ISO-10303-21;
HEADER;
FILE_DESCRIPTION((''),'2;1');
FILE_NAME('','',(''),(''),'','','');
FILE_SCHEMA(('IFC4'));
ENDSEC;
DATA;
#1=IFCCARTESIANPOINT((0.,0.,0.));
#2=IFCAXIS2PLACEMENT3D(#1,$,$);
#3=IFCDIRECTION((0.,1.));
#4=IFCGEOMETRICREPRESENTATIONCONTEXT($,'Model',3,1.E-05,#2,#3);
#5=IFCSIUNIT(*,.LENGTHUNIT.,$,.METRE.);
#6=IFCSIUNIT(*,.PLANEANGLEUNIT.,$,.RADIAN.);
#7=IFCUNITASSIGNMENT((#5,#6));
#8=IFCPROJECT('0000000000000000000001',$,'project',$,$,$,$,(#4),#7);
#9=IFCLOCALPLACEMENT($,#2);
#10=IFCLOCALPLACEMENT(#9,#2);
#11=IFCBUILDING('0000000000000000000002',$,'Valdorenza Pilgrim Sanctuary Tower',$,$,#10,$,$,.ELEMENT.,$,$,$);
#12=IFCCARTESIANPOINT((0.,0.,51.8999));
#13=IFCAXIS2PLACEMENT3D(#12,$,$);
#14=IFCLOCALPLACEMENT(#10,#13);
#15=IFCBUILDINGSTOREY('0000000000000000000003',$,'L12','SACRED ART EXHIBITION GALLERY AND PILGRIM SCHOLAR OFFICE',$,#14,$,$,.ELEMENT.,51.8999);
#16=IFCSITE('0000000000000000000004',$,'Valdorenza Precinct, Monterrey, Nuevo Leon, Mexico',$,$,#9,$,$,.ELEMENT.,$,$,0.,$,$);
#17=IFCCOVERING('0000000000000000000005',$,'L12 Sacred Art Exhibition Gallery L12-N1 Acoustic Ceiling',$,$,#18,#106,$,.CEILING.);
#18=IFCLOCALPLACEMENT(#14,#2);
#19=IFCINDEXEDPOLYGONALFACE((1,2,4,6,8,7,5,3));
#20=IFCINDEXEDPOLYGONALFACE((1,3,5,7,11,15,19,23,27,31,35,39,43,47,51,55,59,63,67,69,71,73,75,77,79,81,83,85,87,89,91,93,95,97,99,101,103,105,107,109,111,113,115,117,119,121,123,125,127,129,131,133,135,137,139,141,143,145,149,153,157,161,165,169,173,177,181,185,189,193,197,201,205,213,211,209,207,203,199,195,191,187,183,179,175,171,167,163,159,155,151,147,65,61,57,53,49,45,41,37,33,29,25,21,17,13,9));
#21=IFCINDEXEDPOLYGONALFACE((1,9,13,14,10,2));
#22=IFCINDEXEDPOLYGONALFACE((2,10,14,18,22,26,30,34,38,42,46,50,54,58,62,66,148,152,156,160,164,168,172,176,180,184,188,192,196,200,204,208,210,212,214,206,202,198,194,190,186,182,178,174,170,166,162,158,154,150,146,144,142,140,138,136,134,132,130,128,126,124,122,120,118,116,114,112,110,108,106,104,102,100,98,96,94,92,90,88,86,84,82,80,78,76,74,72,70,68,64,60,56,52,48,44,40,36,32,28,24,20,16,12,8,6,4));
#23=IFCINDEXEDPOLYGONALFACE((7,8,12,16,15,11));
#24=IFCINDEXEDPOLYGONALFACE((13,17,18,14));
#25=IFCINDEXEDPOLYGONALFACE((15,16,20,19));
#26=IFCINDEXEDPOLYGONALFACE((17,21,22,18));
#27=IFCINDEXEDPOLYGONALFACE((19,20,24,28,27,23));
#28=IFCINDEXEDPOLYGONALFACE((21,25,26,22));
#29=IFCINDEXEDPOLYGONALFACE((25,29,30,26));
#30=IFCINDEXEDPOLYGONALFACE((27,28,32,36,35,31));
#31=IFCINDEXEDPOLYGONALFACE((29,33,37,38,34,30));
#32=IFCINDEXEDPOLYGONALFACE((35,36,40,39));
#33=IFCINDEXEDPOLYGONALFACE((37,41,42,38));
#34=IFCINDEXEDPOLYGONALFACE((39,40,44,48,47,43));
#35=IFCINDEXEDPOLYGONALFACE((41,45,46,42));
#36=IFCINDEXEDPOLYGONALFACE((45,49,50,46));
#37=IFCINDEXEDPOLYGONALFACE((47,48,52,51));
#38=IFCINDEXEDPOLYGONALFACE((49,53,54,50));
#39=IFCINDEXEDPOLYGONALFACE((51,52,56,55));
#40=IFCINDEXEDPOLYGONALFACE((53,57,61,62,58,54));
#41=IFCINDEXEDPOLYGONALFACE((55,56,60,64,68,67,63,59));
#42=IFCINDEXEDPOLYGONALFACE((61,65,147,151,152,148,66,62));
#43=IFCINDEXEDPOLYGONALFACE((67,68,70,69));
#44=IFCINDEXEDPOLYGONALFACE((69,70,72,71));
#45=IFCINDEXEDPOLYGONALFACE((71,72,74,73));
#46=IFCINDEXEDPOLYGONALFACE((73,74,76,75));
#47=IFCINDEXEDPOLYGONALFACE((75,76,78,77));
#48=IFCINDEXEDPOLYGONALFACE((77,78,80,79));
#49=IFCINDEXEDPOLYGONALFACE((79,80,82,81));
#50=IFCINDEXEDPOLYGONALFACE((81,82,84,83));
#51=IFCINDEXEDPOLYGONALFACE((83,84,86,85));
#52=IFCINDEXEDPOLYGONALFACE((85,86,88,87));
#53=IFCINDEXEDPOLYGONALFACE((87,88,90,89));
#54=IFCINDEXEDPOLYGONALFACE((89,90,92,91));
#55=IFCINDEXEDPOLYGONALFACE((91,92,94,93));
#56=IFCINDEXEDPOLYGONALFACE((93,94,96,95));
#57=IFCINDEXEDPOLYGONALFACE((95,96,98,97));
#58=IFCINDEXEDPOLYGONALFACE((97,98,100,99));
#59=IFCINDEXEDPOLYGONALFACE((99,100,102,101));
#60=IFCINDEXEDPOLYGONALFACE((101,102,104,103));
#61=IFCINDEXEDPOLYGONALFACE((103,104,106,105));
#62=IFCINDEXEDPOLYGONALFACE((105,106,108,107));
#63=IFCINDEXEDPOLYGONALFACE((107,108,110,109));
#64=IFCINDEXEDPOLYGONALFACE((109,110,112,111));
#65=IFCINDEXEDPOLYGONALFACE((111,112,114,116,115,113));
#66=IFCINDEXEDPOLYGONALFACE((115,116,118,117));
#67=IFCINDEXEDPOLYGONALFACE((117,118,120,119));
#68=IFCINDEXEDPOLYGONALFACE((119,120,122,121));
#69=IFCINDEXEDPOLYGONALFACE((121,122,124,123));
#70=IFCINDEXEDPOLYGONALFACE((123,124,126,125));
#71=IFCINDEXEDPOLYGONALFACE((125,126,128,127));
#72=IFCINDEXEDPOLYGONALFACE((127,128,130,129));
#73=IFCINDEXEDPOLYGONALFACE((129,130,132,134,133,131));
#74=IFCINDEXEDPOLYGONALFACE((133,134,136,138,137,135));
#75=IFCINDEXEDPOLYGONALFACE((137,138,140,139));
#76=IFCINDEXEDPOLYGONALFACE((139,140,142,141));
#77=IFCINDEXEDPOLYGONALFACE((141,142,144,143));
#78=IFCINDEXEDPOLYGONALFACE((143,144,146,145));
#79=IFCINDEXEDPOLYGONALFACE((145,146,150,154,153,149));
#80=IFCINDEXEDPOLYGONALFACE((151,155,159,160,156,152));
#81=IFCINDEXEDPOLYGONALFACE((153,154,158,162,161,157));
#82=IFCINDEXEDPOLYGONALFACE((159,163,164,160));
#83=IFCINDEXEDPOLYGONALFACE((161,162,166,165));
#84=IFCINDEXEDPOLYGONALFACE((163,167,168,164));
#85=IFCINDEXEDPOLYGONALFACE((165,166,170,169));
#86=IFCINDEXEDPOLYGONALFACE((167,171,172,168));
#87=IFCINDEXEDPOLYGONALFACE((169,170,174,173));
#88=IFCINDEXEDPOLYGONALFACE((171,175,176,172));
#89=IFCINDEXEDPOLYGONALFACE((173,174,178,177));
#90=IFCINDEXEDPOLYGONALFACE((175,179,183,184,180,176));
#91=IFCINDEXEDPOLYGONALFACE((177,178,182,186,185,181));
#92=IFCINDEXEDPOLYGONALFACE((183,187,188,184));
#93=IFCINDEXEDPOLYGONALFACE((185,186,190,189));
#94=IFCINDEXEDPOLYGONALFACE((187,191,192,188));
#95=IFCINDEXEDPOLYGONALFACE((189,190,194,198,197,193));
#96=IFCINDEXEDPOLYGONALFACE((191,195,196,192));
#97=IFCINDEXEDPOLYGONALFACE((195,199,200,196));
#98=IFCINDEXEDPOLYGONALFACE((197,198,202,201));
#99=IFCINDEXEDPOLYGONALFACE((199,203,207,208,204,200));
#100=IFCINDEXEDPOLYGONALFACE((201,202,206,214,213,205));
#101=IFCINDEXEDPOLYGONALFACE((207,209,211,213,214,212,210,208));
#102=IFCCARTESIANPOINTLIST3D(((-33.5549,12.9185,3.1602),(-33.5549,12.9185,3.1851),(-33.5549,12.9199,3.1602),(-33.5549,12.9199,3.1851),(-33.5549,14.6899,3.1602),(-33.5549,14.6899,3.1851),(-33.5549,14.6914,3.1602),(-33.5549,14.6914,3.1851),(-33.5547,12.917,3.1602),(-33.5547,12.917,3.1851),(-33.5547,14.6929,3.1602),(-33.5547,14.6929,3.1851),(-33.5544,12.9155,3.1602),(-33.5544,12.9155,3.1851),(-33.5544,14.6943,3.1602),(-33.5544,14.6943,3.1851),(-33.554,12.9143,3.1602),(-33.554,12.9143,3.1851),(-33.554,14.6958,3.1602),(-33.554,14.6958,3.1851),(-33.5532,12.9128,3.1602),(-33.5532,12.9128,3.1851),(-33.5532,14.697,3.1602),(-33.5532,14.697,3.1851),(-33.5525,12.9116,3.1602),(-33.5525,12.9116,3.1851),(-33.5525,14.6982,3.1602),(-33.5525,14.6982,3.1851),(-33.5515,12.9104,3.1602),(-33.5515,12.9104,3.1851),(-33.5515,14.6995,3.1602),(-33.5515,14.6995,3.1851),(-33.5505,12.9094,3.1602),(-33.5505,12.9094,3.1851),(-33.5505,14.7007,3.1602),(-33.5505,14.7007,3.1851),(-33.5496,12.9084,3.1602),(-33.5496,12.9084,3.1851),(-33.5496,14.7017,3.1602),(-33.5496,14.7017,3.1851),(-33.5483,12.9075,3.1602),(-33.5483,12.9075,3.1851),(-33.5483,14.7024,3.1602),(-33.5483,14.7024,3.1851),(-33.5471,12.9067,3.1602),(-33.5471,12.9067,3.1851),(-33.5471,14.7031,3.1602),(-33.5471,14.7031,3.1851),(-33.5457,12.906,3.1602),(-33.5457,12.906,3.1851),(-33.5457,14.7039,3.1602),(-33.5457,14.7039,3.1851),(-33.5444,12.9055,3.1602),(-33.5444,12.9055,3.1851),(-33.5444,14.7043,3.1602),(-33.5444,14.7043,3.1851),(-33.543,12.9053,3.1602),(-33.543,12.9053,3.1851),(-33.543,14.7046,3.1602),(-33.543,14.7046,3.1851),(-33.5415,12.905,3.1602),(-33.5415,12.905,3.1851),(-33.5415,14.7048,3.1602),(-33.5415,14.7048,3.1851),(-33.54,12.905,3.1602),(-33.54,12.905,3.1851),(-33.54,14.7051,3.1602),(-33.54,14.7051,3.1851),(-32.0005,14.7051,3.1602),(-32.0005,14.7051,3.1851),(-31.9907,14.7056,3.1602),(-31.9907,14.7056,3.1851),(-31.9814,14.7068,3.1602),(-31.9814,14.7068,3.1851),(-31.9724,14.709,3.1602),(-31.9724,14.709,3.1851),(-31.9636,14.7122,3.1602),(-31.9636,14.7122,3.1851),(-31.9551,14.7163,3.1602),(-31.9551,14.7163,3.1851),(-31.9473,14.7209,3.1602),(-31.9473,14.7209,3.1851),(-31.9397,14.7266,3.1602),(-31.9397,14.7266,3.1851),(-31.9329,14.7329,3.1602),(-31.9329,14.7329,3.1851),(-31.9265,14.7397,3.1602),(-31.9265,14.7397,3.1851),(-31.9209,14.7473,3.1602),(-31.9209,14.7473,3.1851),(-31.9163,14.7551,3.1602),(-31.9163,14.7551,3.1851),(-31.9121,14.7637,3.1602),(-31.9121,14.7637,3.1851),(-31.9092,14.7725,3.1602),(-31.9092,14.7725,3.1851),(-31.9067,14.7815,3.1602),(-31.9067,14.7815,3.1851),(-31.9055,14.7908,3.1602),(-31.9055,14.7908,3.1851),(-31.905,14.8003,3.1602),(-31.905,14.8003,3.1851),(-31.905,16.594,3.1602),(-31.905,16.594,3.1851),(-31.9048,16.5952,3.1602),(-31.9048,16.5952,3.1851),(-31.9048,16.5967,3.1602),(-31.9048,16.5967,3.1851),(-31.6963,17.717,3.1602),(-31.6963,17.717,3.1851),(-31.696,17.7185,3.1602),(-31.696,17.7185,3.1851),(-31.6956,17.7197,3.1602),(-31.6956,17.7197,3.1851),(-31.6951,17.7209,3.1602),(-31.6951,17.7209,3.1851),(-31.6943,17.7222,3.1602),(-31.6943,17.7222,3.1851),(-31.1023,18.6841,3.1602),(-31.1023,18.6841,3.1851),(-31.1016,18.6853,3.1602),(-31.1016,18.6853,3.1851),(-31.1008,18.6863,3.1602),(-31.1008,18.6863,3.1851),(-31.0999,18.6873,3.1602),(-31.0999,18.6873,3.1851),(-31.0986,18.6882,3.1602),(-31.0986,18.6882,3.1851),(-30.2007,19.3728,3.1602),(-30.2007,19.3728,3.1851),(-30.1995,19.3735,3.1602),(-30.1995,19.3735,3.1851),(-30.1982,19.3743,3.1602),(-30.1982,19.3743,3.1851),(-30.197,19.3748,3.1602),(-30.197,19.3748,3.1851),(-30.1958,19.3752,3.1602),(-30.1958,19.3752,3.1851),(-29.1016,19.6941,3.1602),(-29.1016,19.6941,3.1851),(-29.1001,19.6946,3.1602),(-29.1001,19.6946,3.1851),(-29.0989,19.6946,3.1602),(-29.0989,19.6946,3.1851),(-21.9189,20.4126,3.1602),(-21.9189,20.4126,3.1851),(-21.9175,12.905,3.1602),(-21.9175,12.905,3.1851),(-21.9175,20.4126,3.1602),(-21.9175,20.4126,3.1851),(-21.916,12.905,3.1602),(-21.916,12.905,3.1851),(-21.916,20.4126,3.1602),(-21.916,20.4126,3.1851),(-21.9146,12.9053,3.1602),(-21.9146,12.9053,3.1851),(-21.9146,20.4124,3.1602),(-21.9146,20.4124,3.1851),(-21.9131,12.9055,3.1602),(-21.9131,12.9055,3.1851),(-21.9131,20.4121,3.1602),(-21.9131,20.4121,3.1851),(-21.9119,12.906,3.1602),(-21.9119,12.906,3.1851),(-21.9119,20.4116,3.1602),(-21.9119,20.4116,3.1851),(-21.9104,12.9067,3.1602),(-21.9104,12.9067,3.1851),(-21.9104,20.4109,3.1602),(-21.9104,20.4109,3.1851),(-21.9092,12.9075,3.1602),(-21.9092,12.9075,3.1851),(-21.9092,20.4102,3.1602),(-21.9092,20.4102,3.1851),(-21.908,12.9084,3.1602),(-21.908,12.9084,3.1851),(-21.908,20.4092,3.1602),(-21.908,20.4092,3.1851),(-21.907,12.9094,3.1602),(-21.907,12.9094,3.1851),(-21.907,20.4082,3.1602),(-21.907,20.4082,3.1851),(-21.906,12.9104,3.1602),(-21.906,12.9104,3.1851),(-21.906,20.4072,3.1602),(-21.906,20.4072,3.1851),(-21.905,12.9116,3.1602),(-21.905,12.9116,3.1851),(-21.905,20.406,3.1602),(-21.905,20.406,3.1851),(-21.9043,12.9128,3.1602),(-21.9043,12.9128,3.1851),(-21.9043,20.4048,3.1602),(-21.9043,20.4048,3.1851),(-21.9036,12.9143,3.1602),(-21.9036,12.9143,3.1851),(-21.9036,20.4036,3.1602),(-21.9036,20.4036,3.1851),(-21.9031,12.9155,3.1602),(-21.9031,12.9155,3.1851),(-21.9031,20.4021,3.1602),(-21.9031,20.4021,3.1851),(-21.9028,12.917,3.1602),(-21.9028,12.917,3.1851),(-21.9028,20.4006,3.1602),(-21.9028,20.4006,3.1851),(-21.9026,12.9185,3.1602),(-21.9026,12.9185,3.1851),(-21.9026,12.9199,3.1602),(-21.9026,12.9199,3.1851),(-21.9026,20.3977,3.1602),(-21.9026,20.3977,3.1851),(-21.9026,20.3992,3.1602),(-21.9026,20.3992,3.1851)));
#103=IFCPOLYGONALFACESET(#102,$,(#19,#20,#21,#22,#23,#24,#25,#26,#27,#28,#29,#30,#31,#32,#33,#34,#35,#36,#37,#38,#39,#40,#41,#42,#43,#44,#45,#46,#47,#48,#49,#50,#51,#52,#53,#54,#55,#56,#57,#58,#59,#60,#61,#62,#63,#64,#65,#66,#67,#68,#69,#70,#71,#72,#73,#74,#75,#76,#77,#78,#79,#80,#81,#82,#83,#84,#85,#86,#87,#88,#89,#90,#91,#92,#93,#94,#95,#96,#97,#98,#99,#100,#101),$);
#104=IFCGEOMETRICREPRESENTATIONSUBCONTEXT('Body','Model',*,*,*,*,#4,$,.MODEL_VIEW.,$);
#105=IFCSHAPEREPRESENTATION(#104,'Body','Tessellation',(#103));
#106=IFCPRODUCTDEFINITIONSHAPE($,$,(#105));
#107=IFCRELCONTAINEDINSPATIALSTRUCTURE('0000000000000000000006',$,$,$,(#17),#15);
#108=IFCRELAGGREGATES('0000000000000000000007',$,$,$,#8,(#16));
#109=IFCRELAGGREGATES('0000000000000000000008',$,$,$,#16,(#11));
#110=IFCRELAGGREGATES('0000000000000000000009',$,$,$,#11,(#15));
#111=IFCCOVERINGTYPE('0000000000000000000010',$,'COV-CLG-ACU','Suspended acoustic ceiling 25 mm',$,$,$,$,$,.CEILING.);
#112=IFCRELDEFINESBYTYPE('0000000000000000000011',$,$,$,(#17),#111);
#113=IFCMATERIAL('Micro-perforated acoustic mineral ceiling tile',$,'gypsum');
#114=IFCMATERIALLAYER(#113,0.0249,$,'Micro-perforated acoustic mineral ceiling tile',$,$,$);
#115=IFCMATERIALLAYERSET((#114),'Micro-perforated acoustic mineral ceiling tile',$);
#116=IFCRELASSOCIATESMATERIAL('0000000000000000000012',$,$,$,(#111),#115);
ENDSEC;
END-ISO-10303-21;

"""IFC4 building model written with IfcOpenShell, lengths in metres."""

from ifc_helpers import new_model, si_unit, direction, frame, origin, place, context, subcontext, project, spatial, polyline, outline, extrude, material, layer, layer_set, type_object, element, save


model = new_model("IFC4")

# Units and contexts
model_context = context("Model", 3, precision=1e-05, world=origin(), true_north=direction((0.0, 1.0)))
body_context = subcontext(model_context, "Body", "Model", "MODEL_VIEW")
ifc_project = project(units=[si_unit("LENGTHUNIT", "METRE"), si_unit("PLANEANGLEUNIT", "RADIAN")], contexts=[model_context])

# Site, building, storey
site_placement = place(None, origin())
site = spatial("IfcSite", under=ifc_project, at=site_placement, Name="Valdorenza Precinct, Monterrey, Nuevo Leon, Mexico", CompositionType="ELEMENT", RefElevation=0.0)
building_placement = place(site_placement, origin())
building = spatial("IfcBuilding", under=site, at=building_placement, Name="Valdorenza Pilgrim Sanctuary Tower", CompositionType="ELEMENT")
storey_placement = place(building_placement, frame((0.0, 0.0, 51.8999)))
storey = spatial("IfcBuildingStorey", under=building, at=storey_placement, Name="L12", Description="SACRED ART EXHIBITION GALLERY AND PILGRIM SCHOLAR OFFICE", CompositionType="ELEMENT", Elevation=51.8999)

# Covering
ifc_material_1 = material(Name="Micro-perforated acoustic mineral ceiling tile", Category="gypsum")
ifc_layer_1 = layer(ifc_material_1, 0.0249, Name="Micro-perforated acoustic mineral ceiling tile")
ifc_layer_set_1 = layer_set([ifc_layer_1], Name="Micro-perforated acoustic mineral ceiling tile")
covering_type_1 = type_object("IfcCoveringType", Name="COV-CLG-ACU", Description="Suspended acoustic ceiling 25 mm", PredefinedType="CEILING", material=ifc_layer_set_1)
covering_1_placement = place(storey_placement, frame((0.0, 0.0, 3.1602)))
element("IfcCovering", 1, at=covering_1_placement, inside=storey, type_object=covering_type_1, Name="L12 Sacred Art Exhibition Gallery L12-N1 Acoustic Ceiling", PredefinedType="CEILING", context=body_context, shape_type="SweptSolid", body=[
    extrude(outline(polyline([(-33.54, 12.905), (-33.5415, 12.905), (-33.543, 12.9053), (-33.5444, 12.9055), (-33.5457, 12.906), (-33.5471, 12.9067), (-33.5483, 12.9075), (-33.5496, 12.9084), (-33.5505, 12.9094), (-33.5515, 12.9104), (-33.5525, 12.9116), (-33.5532, 12.9128), (-33.554, 12.9143), (-33.5544, 12.9155), (-33.5547, 12.917), (-33.5549, 12.9185), (-33.5549, 12.9199), (-33.5549, 14.6899), (-33.5549, 14.6914), (-33.5547, 14.6929), (-33.5544, 14.6943), (-33.554, 14.6958), (-33.5532, 14.697), (-33.5525, 14.6982), (-33.5515, 14.6995), (-33.5505, 14.7007), (-33.5496, 14.7017), (-33.5483, 14.7024), (-33.5471, 14.7031), (-33.5457, 14.7039), (-33.5444, 14.7043), (-33.543, 14.7046), (-33.5415, 14.7048), (-33.54, 14.7051), (-32.0005, 14.7051), (-31.9907, 14.7056), (-31.9814, 14.7068), (-31.9724, 14.709), (-31.9636, 14.7122), (-31.9551, 14.7163), (-31.9473, 14.7209), (-31.9397, 14.7266), (-31.9329, 14.7329), (-31.9265, 14.7397), (-31.9209, 14.7473), (-31.9163, 14.7551), (-31.9121, 14.7637), (-31.9092, 14.7725), (-31.9067, 14.7815), (-31.9055, 14.7908), (-31.905, 14.8003), (-31.905, 16.594), (-31.9048, 16.5952), (-31.9048, 16.5967), (-31.6963, 17.717), (-31.696, 17.7185), (-31.6956, 17.7197), (-31.6951, 17.7209), (-31.6943, 17.7222), (-31.1023, 18.6841), (-31.1016, 18.6853), (-31.1008, 18.6863), (-31.0999, 18.6873), (-31.0986, 18.6882), (-30.2007, 19.3728), (-30.1995, 19.3735), (-30.1982, 19.3743), (-30.197, 19.3748), (-30.1958, 19.3752), (-29.1016, 19.6941), (-29.1001, 19.6946), (-29.0989, 19.6946), (-21.9189, 20.4126), (-21.9175, 20.4126), (-21.916, 20.4126), (-21.9146, 20.4124), (-21.9131, 20.4121), (-21.9119, 20.4116), (-21.9104, 20.4109), (-21.9092, 20.4102), (-21.908, 20.4092), (-21.907, 20.4082), (-21.906, 20.4072), (-21.905, 20.406), (-21.9043, 20.4048), (-21.9036, 20.4036), (-21.9031, 20.4021), (-21.9028, 20.4006), (-21.9026, 20.3992), (-21.9026, 20.3977), (-21.9026, 12.9199), (-21.9026, 12.9185), (-21.9028, 12.917), (-21.9031, 12.9155), (-21.9036, 12.9143), (-21.9043, 12.9128), (-21.905, 12.9116), (-21.906, 12.9104), (-21.907, 12.9094), (-21.908, 12.9084), (-21.9092, 12.9075), (-21.9104, 12.9067), (-21.9119, 12.906), (-21.9131, 12.9055), (-21.9146, 12.9053), (-21.916, 12.905), (-21.9175, 12.905), (-33.54, 12.905)])), origin(), (0.0, 0.0, 1.0), 0.0249),
])

save(model, "model.ifc")
